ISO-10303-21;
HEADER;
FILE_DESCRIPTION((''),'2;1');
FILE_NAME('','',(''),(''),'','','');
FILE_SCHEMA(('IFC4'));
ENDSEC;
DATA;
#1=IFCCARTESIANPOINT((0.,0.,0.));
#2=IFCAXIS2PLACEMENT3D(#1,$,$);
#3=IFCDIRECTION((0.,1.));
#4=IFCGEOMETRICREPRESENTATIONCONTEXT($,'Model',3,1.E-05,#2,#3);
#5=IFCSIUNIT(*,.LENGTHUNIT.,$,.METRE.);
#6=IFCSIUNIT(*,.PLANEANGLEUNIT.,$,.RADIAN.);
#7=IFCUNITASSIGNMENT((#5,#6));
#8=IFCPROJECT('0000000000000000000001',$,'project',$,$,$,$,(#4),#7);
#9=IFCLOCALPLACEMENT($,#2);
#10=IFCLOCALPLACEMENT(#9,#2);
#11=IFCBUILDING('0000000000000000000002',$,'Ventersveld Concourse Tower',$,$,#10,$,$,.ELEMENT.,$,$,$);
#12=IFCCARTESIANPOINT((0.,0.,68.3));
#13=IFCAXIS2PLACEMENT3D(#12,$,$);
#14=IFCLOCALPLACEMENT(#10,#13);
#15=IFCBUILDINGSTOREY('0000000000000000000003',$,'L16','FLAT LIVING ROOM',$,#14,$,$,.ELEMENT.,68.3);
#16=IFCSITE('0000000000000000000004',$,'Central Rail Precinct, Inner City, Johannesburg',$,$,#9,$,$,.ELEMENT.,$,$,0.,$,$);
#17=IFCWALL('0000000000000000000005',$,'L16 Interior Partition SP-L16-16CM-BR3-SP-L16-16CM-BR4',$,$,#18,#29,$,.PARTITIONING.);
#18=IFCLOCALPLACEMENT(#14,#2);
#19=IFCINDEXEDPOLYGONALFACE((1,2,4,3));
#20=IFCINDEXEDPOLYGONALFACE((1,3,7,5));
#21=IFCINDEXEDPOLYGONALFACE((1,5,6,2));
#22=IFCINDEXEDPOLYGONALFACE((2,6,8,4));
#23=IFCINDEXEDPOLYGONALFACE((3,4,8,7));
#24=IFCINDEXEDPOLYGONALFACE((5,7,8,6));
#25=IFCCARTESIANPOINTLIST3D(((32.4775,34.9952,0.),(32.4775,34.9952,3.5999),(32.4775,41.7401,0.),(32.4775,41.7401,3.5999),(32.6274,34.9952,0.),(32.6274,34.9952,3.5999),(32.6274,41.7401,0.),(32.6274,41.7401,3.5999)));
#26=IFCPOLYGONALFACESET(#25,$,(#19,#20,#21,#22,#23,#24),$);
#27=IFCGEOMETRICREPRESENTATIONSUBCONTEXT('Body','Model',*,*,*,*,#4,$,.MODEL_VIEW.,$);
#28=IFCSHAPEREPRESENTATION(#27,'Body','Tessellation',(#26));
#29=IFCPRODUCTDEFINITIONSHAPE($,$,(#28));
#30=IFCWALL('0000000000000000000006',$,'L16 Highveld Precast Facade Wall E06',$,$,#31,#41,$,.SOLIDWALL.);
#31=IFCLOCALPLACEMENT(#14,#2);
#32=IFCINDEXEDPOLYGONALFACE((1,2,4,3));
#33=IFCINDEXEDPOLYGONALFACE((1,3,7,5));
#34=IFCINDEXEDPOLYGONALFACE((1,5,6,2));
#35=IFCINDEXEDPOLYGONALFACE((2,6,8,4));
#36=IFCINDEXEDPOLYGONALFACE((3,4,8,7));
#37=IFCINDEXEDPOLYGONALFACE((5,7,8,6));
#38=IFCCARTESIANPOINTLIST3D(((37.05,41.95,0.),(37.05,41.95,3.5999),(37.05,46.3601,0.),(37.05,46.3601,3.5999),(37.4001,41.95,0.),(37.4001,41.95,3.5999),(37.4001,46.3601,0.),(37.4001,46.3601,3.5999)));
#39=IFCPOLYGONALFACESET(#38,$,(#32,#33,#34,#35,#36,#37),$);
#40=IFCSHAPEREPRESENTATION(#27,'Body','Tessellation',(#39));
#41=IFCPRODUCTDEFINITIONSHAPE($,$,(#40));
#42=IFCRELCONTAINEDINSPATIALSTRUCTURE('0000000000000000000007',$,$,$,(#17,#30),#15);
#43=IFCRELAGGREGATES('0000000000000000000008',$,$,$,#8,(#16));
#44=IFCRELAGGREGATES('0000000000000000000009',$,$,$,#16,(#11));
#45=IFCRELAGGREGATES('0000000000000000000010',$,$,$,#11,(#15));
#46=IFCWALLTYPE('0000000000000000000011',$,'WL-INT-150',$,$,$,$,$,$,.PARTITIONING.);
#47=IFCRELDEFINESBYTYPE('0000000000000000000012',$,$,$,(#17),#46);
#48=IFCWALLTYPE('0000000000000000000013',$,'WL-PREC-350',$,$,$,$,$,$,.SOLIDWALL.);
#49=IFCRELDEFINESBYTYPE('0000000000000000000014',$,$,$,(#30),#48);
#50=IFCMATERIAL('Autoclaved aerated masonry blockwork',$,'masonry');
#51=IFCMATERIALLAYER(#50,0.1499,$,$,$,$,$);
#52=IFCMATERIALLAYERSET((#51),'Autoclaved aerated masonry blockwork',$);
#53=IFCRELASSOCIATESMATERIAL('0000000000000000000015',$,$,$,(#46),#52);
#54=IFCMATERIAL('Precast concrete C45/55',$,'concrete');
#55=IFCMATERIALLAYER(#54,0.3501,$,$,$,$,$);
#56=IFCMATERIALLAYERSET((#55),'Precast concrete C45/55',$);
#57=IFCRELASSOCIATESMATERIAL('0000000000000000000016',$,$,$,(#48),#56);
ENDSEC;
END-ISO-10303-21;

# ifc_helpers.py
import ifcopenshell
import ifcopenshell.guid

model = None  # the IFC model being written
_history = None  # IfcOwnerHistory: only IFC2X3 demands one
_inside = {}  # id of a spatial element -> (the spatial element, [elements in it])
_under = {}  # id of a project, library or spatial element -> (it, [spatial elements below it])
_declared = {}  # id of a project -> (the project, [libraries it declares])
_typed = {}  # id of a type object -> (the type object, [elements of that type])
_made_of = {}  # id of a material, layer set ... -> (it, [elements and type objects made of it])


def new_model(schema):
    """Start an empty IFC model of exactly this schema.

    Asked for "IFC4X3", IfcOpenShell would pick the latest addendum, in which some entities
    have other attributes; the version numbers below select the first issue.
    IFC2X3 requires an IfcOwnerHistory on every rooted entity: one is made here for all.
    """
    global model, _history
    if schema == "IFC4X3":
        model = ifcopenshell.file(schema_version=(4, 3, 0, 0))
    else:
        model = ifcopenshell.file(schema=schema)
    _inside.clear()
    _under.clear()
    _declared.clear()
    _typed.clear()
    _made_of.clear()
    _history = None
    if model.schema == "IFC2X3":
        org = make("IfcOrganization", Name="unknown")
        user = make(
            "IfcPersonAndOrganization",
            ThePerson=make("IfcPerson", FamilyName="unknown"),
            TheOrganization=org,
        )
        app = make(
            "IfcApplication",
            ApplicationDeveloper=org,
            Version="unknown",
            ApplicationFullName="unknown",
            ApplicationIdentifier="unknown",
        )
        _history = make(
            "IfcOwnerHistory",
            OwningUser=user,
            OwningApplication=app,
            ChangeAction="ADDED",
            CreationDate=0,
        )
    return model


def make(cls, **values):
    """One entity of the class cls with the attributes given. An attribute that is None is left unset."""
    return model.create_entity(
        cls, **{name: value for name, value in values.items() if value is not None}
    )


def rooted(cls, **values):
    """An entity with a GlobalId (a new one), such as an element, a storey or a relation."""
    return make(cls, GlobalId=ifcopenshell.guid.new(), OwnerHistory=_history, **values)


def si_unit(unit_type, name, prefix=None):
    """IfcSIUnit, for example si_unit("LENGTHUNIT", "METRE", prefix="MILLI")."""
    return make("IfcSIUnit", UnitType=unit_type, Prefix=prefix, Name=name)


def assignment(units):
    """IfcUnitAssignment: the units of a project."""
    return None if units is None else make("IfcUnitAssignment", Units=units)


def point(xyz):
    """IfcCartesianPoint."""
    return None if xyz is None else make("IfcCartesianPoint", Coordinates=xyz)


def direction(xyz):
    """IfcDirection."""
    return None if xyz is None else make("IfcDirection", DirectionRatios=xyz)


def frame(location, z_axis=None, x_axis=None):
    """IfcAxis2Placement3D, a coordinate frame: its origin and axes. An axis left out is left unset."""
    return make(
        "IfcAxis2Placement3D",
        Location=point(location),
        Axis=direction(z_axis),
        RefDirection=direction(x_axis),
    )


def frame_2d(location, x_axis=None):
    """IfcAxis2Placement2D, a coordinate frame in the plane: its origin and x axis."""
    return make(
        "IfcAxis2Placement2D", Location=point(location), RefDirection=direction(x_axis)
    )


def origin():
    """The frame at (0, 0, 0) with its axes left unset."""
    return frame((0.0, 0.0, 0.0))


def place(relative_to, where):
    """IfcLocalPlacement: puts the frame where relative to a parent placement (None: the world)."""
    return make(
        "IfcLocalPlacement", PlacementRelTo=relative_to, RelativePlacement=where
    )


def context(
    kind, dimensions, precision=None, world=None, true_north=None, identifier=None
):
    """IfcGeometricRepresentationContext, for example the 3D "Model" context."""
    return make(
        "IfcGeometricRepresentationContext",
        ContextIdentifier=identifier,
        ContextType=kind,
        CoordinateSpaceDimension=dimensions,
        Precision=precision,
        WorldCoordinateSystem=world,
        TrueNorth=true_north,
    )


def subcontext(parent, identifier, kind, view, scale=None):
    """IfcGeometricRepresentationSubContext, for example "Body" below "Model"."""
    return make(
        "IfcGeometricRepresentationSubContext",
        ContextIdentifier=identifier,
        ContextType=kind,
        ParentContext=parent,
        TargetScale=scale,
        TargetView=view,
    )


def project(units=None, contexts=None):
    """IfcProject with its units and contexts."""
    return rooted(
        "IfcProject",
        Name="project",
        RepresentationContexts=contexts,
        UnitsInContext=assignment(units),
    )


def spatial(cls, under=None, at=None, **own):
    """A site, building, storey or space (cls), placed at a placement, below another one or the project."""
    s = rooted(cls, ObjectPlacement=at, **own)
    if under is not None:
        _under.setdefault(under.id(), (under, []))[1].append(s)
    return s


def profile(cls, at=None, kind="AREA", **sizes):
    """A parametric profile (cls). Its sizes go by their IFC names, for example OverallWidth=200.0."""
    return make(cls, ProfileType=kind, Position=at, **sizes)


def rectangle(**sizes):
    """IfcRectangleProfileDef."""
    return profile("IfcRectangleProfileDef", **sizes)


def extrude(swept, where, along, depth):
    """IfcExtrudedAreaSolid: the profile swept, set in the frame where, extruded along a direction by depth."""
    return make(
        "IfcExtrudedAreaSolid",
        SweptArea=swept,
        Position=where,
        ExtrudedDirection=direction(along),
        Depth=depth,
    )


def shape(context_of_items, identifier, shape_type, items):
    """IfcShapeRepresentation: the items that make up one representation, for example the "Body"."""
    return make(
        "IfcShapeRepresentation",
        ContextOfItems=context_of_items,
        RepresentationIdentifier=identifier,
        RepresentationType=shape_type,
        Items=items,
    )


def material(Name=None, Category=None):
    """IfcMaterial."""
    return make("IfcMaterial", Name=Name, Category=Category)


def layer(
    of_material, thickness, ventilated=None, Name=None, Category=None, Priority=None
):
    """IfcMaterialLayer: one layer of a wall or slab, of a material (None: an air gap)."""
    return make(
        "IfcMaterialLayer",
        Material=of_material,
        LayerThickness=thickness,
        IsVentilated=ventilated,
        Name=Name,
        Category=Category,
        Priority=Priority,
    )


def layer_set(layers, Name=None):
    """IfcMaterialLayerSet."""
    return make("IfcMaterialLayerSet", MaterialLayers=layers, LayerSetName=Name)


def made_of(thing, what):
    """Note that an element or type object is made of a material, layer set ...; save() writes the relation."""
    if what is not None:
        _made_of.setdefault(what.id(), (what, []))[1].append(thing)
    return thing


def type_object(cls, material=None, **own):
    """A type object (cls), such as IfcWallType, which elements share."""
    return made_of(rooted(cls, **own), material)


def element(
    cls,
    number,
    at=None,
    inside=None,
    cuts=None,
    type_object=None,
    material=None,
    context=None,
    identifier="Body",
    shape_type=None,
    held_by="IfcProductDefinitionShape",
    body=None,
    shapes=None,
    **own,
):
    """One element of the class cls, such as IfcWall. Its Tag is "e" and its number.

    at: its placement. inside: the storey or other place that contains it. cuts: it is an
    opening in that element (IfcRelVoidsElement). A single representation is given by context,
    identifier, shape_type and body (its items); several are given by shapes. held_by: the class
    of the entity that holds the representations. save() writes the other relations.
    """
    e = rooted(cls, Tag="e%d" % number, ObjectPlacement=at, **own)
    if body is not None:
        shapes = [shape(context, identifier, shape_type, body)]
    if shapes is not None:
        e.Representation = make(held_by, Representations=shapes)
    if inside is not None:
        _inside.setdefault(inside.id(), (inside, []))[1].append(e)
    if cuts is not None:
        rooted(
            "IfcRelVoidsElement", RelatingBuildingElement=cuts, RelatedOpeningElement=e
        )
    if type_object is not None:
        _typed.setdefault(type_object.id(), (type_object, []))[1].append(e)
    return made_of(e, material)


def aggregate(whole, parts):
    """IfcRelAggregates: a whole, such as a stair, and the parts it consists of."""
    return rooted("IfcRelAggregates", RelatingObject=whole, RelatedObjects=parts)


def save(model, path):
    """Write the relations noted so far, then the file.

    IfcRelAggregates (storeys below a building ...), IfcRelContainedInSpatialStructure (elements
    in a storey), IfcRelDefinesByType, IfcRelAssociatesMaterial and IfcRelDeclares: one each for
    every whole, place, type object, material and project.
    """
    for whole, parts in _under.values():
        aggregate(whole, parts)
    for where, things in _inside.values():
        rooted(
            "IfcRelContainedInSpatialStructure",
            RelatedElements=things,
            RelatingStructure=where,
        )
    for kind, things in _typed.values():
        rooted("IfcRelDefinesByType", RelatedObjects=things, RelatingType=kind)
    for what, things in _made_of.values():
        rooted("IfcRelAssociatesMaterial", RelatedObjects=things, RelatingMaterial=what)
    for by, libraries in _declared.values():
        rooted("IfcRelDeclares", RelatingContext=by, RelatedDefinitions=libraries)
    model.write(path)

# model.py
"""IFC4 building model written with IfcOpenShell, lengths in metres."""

from ifc_helpers import new_model, si_unit, direction, frame, frame_2d, origin, place, context, subcontext, project, spatial, rectangle, extrude, material, layer, layer_set, type_object, element, save


model = new_model("IFC4")

# Units and contexts
model_context = context("Model", 3, precision=1e-05, world=origin(), true_north=direction((0.0, 1.0)))
body_context = subcontext(model_context, "Body", "Model", "MODEL_VIEW")
ifc_project = project(units=[si_unit("LENGTHUNIT", "METRE"), si_unit("PLANEANGLEUNIT", "RADIAN")], contexts=[model_context])

# Site, building, storey
site_placement = place(None, origin())
site = spatial("IfcSite", under=ifc_project, at=site_placement, Name="Central Rail Precinct, Inner City, Johannesburg", CompositionType="ELEMENT", RefElevation=0.0)
building_placement = place(site_placement, origin())
building = spatial("IfcBuilding", under=site, at=building_placement, Name="Ventersveld Concourse Tower", CompositionType="ELEMENT")
storey_placement = place(building_placement, frame((0.0, 0.0, 68.3)))
storey = spatial("IfcBuildingStorey", under=building, at=storey_placement, Name="L16", Description="FLAT LIVING ROOM", CompositionType="ELEMENT", Elevation=68.3)

# Shared definitions
ifc_material_1 = material(Name="Autoclaved aerated masonry blockwork", Category="masonry")
ifc_layer_1 = layer(ifc_material_1, 0.1499)
ifc_layer_set_1 = layer_set([ifc_layer_1], Name="Autoclaved aerated masonry blockwork")
wall_type_1 = type_object("IfcWallType", Name="WL-INT-150", PredefinedType="PARTITIONING", material=ifc_layer_set_1)

# Walls
for number, where, z_axis, x_axis, name in (
    (1, (32.5525, 34.9951, 0.0), (0.0, 0.0, 1.0), (0.0, 1.0, 0.0), "L16 Interior Partition SP-L16-16CM-BR3-SP-L16-16CM-BR4"),
):
    element("IfcWall", number, at=place(storey_placement, frame(where, z_axis=z_axis, x_axis=x_axis)), inside=storey, type_object=wall_type_1, Name=name, PredefinedType="PARTITIONING", context=body_context, shape_type="SweptSolid", body=[
        extrude(rectangle(XDim=6.7449, YDim=0.1499, at=frame_2d((3.3726, 0.0))), origin(), (0.0, 0.0, 1.0), 3.5999),
    ])
ifc_material_2 = material(Name="Precast concrete C45/55", Category="concrete")
ifc_layer_2 = layer(ifc_material_2, 0.3501)
ifc_layer_set_2 = layer_set([ifc_layer_2], Name="Precast concrete C45/55")
wall_type_2 = type_object("IfcWallType", Name="WL-PREC-350", PredefinedType="SOLIDWALL", material=ifc_layer_set_2)
wall_1_placement = place(storey_placement, frame((37.2251, 46.3601, 0.0), z_axis=(0.0, 0.0, 1.0), x_axis=(0.0, -1.0, 0.0)))
element("IfcWall", 2, at=wall_1_placement, inside=storey, type_object=wall_type_2, Name="L16 Highveld Precast Facade Wall E06", PredefinedType="SOLIDWALL", context=body_context, shape_type="SweptSolid", body=[
    extrude(rectangle(XDim=4.4102, YDim=0.3501, at=frame_2d((2.2051, 0.0))), origin(), (0.0, 0.0, 1.0), 3.5999),
])

save(model, "model.ifc")
